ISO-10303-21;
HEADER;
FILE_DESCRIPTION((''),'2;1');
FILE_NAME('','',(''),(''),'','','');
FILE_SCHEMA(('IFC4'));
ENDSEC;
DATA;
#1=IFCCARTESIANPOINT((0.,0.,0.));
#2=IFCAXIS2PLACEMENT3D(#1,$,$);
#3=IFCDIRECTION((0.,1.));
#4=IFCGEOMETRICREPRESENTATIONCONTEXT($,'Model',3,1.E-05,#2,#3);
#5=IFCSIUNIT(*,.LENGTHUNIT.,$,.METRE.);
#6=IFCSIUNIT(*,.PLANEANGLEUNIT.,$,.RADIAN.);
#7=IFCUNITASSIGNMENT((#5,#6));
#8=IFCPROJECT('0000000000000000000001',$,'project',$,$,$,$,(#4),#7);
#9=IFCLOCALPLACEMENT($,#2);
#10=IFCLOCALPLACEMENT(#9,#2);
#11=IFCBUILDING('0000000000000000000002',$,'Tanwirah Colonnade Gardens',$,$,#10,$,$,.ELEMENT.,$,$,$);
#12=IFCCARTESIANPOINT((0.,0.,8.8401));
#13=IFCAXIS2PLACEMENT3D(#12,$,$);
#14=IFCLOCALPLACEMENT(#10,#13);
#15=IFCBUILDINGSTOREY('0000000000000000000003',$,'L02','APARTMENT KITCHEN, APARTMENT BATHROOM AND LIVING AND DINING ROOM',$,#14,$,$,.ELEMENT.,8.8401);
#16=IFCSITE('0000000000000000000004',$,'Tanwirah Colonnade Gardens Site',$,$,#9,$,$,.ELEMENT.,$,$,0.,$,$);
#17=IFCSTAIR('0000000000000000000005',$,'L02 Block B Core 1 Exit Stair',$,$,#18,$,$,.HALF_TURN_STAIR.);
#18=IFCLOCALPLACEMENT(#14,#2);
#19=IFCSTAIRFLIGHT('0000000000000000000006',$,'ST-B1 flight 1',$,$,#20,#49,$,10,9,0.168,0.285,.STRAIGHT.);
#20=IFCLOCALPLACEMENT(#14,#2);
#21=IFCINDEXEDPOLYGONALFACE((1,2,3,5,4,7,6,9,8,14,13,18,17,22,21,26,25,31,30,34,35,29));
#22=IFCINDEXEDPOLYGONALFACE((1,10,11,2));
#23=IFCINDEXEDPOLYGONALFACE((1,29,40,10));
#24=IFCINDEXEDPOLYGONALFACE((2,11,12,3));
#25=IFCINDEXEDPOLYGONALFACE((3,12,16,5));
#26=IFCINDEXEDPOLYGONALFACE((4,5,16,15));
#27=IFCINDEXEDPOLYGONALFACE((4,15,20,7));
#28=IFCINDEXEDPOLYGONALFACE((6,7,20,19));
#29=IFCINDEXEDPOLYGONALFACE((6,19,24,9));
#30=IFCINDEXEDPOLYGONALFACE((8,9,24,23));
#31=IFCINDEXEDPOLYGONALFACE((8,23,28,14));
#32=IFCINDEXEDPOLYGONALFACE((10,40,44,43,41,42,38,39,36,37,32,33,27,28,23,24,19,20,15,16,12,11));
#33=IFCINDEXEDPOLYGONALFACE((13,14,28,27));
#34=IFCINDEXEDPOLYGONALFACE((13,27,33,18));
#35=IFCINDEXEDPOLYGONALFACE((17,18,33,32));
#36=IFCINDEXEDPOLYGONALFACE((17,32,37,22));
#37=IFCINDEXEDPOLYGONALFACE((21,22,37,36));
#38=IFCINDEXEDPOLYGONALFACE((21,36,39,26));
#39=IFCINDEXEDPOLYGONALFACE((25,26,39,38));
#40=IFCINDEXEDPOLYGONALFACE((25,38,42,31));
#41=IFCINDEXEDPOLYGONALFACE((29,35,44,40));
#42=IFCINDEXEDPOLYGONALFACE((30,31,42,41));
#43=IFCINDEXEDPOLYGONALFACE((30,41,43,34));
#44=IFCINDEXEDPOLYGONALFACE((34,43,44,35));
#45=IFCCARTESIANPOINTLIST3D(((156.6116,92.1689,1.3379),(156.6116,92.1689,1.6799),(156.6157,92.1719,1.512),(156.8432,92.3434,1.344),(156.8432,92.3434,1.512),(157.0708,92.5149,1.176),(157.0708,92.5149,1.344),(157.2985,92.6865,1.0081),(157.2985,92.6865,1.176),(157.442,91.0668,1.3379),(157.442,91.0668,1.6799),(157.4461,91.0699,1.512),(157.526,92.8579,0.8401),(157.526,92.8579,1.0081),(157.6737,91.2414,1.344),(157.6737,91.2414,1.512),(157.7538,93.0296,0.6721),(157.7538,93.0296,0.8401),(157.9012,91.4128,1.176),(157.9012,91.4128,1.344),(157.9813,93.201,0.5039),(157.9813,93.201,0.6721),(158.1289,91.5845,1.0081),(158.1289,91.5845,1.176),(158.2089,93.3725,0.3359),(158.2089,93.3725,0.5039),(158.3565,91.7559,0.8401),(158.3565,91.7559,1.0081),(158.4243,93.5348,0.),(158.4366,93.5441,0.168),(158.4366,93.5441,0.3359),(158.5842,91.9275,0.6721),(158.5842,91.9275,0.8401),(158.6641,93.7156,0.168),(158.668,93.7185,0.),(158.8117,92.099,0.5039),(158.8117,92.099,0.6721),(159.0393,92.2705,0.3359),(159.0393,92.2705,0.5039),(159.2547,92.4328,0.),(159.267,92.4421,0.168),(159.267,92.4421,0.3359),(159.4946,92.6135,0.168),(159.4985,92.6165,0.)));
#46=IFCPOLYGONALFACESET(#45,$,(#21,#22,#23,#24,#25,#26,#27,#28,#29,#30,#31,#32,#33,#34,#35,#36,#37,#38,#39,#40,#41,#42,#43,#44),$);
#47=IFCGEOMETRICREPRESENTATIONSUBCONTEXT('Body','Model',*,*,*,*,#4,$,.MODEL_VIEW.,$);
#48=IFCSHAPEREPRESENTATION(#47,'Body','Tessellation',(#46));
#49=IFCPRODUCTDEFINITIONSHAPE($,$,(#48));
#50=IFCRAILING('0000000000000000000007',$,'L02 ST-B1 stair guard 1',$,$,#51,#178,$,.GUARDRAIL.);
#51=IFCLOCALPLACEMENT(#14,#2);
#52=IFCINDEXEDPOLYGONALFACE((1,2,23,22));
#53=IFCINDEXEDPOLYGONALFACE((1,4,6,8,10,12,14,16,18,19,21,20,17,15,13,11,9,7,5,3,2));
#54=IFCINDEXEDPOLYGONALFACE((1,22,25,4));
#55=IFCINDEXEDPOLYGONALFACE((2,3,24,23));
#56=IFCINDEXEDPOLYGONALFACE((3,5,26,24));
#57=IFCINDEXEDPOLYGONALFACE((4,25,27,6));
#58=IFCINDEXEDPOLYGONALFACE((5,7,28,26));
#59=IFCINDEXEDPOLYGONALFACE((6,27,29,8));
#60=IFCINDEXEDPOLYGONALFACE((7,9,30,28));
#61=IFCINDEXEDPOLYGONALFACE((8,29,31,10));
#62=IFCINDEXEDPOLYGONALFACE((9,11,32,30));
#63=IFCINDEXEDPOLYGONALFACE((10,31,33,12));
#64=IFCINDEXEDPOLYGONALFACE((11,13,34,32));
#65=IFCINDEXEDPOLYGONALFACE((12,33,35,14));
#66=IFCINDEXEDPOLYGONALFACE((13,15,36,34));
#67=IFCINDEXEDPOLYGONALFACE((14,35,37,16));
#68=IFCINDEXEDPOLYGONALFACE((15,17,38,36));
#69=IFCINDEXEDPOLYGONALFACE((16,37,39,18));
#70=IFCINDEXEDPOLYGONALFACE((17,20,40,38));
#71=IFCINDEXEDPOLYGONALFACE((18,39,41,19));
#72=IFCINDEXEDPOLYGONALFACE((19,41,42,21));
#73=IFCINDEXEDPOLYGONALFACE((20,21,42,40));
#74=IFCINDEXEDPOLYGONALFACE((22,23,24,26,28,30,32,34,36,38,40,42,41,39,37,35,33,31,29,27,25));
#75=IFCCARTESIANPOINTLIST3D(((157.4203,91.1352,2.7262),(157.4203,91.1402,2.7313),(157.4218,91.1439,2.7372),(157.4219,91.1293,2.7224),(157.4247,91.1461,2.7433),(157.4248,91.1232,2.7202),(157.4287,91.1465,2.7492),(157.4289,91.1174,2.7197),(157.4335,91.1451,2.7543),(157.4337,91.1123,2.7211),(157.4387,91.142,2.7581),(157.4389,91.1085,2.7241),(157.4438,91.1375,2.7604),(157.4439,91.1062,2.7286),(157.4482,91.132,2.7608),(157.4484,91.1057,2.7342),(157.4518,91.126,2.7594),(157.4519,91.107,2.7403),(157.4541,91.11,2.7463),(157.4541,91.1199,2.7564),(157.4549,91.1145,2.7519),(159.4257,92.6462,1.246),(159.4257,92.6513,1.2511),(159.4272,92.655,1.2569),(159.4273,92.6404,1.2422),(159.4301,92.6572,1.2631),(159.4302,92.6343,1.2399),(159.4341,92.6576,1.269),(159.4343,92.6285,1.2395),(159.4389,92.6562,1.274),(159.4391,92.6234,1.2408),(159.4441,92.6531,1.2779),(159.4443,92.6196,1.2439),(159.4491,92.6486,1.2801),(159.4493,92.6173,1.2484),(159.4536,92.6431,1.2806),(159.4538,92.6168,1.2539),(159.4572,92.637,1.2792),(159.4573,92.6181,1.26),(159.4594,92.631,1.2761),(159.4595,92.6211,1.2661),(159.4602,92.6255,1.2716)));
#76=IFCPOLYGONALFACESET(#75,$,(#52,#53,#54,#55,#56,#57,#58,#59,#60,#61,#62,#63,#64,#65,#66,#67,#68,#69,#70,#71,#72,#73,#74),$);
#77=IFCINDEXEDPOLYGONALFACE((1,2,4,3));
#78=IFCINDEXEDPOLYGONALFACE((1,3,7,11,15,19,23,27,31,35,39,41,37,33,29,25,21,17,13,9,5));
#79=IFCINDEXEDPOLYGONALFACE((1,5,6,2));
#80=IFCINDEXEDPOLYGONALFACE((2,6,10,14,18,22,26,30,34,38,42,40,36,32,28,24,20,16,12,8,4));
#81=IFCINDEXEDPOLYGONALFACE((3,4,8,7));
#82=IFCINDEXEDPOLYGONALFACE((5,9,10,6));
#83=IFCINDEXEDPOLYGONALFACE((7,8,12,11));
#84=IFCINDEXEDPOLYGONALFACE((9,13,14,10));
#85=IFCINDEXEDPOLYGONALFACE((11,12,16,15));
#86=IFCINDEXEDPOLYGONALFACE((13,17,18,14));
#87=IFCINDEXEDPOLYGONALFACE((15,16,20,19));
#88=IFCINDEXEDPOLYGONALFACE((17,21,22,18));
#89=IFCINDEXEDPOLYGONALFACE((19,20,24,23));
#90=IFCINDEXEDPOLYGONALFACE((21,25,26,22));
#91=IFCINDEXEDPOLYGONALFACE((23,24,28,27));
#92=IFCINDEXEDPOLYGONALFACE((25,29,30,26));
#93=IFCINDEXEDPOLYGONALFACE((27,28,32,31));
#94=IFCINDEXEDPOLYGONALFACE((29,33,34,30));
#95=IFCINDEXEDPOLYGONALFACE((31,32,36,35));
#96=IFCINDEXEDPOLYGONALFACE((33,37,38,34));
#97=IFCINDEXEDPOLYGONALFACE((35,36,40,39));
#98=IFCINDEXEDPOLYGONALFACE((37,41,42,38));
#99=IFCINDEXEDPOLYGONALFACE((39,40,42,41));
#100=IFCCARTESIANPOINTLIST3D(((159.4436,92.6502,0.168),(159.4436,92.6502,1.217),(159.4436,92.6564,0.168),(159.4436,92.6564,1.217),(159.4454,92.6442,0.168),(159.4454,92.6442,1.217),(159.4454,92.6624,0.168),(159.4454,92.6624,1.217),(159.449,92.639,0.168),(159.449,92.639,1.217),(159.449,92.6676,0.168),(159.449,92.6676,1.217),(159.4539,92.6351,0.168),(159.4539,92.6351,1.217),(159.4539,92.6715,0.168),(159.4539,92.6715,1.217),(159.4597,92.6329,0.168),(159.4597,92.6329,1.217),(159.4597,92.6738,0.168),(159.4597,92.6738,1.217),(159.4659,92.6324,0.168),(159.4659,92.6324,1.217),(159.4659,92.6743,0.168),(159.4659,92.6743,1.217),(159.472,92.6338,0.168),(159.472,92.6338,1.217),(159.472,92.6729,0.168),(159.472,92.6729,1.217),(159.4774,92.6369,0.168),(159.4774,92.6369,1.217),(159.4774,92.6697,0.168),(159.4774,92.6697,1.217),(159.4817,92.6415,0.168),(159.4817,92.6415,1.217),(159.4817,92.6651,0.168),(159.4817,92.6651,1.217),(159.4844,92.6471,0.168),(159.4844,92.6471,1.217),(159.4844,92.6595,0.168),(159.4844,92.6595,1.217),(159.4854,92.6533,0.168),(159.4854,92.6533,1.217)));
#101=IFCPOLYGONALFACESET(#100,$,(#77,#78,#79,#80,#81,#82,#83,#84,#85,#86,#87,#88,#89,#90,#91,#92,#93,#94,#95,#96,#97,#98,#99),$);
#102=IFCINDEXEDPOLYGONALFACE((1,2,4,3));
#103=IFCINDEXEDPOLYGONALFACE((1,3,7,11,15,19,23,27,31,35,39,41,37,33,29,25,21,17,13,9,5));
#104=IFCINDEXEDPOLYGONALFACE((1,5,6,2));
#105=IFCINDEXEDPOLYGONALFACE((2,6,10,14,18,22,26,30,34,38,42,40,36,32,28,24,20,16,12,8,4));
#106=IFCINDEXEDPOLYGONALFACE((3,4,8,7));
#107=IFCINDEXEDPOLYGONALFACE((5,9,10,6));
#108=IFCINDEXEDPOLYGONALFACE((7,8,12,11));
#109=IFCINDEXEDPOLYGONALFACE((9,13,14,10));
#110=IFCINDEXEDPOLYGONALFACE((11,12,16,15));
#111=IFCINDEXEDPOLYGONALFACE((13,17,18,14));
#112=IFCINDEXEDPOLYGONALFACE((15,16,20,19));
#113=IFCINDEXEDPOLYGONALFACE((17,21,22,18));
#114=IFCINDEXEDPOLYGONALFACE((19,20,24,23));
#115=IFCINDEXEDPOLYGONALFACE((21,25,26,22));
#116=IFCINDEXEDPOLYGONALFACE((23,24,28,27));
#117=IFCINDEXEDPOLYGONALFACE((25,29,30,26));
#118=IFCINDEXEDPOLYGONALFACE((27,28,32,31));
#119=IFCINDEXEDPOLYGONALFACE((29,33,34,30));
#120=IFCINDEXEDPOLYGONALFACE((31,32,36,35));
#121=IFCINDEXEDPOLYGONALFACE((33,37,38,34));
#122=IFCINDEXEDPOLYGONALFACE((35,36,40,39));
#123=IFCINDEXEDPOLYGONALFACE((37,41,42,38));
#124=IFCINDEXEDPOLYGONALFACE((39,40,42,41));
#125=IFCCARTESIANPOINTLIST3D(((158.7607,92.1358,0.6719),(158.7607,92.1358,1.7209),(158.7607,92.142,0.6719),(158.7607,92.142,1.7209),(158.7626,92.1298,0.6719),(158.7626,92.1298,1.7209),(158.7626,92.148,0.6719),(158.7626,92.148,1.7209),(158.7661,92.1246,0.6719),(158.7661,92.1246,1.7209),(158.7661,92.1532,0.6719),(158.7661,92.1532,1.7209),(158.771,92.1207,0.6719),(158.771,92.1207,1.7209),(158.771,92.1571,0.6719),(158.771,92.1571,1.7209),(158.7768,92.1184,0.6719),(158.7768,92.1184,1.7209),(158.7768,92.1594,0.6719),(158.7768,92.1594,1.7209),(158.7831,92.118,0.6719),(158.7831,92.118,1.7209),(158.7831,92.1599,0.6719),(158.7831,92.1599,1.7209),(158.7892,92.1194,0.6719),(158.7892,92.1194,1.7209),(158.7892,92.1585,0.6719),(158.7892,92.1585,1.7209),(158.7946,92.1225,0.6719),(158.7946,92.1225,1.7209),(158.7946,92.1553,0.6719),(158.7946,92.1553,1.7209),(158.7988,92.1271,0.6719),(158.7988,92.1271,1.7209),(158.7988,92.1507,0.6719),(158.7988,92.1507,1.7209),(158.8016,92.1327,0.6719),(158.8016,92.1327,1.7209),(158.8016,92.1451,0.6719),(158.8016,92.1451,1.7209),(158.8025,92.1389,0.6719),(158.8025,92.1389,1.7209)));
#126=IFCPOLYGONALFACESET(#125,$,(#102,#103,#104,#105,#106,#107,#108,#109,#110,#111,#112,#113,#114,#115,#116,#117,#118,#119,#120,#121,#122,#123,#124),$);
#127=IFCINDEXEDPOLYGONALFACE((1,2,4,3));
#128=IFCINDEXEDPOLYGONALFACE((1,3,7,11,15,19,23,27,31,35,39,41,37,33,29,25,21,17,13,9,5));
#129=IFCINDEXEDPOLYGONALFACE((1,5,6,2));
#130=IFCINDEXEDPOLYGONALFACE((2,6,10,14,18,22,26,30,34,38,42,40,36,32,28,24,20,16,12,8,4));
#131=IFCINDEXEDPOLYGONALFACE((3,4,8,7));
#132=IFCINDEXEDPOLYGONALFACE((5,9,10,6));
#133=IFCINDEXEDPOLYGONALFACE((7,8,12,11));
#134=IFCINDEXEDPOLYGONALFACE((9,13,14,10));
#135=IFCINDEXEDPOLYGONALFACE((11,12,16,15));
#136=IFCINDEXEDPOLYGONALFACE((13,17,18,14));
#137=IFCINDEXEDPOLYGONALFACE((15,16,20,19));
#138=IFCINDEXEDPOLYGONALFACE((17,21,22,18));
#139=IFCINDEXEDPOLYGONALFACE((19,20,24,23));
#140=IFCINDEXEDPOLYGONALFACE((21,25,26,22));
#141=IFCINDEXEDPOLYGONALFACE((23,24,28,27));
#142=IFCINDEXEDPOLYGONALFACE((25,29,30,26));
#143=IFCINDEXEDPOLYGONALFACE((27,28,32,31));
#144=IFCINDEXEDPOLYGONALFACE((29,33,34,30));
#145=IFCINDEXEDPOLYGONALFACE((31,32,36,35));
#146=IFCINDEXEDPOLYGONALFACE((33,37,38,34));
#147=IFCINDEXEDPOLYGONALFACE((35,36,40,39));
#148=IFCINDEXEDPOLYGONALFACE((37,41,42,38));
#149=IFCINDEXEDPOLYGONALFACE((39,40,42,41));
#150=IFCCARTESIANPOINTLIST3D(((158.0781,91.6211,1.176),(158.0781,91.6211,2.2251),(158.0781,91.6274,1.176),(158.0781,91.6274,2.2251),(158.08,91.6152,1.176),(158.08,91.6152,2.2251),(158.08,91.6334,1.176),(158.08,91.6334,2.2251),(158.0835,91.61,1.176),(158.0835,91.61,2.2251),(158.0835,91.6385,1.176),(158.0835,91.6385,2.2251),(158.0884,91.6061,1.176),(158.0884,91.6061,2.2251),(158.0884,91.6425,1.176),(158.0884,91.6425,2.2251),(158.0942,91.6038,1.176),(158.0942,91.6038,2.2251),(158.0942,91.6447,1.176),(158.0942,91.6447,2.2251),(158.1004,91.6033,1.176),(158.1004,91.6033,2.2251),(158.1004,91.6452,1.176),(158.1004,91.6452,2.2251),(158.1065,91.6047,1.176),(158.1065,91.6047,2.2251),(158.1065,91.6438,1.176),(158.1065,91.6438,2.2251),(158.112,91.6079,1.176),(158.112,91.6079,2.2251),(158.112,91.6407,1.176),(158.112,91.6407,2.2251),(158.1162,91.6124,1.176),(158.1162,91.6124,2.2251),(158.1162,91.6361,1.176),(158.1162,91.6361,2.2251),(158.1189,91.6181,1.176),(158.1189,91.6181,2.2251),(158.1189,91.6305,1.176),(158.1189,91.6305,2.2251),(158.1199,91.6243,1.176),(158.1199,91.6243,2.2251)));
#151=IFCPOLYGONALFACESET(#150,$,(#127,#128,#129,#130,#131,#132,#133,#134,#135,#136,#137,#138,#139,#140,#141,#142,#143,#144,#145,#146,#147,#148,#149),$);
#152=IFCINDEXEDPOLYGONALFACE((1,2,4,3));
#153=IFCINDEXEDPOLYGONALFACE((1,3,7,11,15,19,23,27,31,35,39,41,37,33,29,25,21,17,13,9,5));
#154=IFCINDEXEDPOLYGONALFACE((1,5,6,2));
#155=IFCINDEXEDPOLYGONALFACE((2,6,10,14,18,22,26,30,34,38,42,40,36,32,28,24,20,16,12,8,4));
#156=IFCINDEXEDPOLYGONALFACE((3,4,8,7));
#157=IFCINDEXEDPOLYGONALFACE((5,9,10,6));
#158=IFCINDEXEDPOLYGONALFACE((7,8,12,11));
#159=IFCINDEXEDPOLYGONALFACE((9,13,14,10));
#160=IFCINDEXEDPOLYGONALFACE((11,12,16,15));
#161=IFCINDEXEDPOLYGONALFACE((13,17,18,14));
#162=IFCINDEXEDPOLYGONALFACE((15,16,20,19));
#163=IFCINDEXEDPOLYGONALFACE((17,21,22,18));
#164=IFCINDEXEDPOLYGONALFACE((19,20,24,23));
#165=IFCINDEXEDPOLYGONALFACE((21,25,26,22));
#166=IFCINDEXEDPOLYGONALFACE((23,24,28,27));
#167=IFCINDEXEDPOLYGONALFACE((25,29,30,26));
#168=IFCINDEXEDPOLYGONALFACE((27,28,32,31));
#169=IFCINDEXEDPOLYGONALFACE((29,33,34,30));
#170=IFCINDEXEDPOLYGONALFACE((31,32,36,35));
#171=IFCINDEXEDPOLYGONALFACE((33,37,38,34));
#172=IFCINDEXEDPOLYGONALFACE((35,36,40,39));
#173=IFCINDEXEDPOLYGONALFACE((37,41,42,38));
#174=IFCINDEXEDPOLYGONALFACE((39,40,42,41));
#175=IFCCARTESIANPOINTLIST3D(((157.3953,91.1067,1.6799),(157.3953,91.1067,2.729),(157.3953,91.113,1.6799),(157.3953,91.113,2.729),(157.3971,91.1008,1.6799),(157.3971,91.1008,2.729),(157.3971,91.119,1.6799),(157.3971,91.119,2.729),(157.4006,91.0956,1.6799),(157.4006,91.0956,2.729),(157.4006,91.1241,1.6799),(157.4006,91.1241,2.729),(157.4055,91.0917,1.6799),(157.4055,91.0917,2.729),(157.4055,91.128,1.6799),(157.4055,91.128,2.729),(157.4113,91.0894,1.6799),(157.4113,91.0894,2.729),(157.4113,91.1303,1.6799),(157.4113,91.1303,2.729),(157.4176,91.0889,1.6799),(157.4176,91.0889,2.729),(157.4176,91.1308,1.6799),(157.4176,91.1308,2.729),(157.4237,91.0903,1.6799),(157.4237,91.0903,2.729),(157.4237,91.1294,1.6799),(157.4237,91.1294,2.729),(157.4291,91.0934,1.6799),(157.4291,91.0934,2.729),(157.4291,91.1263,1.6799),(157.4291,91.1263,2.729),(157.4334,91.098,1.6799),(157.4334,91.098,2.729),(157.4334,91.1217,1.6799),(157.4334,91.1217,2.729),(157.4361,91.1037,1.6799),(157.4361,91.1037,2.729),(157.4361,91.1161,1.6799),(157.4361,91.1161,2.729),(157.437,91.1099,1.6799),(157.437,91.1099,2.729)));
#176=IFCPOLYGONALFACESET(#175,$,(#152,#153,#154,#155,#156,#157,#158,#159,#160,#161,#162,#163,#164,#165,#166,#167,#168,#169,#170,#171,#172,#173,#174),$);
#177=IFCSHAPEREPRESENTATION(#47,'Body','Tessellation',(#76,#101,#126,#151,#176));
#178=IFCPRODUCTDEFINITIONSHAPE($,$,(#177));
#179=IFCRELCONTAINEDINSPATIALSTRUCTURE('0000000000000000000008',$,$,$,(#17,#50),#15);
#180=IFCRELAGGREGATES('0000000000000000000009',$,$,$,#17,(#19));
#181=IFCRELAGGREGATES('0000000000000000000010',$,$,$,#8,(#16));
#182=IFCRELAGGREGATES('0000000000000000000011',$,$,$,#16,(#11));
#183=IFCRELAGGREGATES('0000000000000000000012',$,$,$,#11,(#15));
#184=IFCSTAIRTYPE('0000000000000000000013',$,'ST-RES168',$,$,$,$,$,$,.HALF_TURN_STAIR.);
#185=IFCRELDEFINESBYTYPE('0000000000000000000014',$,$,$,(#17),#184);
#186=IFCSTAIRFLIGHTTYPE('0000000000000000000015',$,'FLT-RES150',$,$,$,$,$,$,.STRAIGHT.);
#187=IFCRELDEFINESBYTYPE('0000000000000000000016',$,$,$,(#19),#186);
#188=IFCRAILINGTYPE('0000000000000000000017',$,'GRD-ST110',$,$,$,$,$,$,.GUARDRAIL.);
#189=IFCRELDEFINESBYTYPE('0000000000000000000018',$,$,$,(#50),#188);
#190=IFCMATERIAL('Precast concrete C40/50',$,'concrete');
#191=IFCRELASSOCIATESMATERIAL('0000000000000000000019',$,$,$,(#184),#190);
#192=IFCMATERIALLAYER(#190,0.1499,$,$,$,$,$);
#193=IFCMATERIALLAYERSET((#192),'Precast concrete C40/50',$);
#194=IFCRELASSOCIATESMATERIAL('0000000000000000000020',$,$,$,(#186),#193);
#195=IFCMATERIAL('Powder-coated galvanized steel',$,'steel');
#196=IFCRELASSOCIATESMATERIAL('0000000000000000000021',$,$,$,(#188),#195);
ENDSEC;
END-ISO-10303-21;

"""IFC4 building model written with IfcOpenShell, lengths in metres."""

from ifc_helpers import new_model, si_unit, direction, frame, origin, origin_2d, place, context, subcontext, project, spatial, polyline, circle, outline, extrude, material, layer, layer_set, type_object, element, aggregate, save


model = new_model("IFC4")

# Units and contexts
model_context = context("Model", 3, precision=1e-05, world=origin(), true_north=direction((0.0, 1.0)))
body_context = subcontext(model_context, "Body", "Model", "MODEL_VIEW")
ifc_project = project(units=[si_unit("LENGTHUNIT", "METRE"), si_unit("PLANEANGLEUNIT", "RADIAN")], contexts=[model_context])

# Site, building, storey
site_placement = place(None, origin())
site = spatial("IfcSite", under=ifc_project, at=site_placement, Name="Tanwirah Colonnade Gardens Site", CompositionType="ELEMENT", RefElevation=0.0)
building_placement = place(site_placement, origin())
building = spatial("IfcBuilding", under=site, at=building_placement, Name="Tanwirah Colonnade Gardens", CompositionType="ELEMENT")
storey_placement = place(building_placement, frame((0.0, 0.0, 8.8401)))
storey = spatial("IfcBuildingStorey", under=building, at=storey_placement, Name="L02", Description="APARTMENT KITCHEN, APARTMENT BATHROOM AND LIVING AND DINING ROOM", CompositionType="ELEMENT", Elevation=8.8401)

# Shared definitions
ifc_material_1 = material(Name="Precast concrete C40/50", Category="concrete")

# Stair, stair flight
stair_type = type_object("IfcStairType", Name="ST-RES168", PredefinedType="HALF_TURN_STAIR", material=ifc_material_1)
stair_placement = place(storey_placement, origin())
stair = element("IfcStair", 1, at=stair_placement, inside=storey, type_object=stair_type, Name="L02 Block B Core 1 Exit Stair", PredefinedType="HALF_TURN_STAIR")
ifc_layer_1 = layer(ifc_material_1, 0.1499)
ifc_layer_set_1 = layer_set([ifc_layer_1], Name="Precast concrete C40/50")
stair_flight_type = type_object("IfcStairFlightType", Name="FLT-RES150", PredefinedType="STRAIGHT", material=ifc_layer_set_1)
stair_flight_placement = place(storey_placement, frame((159.0793, 93.1646, 0.0), z_axis=(0.0, 0.0, 1.0), x_axis=(-0.798636, -0.601815, 0.0)))
stair_flight = element("IfcStairFlight", 2, at=stair_flight_placement, type_object=stair_flight_type, Name="ST-B1 flight 1", NumberOfRisers=10, NumberOfTreads=9, PredefinedType="STRAIGHT", RiserHeight=0.168, TreadLength=0.285, context=body_context, shape_type="SweptSolid", body=[
    extrude(outline(polyline([(-0.0049, 0.0), (0.0, 0.168), (0.2849, 0.168), (0.2849, 0.3359), (0.5701, 0.3359), (0.5701, 0.5039), (0.855, 0.5039), (0.855, 0.6721), (1.1399, 0.6721), (1.1399, 0.8401), (1.425, 0.8401), (1.425, 1.0081), (1.71, 1.0081), (1.71, 1.176), (1.9951, 1.176), (1.9951, 1.344), (2.28, 1.344), (2.28, 1.512), (2.5649, 1.512), (2.5701, 1.6799), (2.5701, 1.3379), (0.3003, 0.0), (-0.0049, 0.0)])), frame((0.0, 0.6899, 0.0), z_axis=(0.0, -1.0, 0.0), x_axis=(1.0, 0.0, 0.0)), (0.0, 0.0, 1.0), 1.3799),
])
aggregate(stair, [stair_flight])

# Railing
ifc_material_2 = material(Name="Powder-coated galvanized steel", Category="steel")
railing_type_1 = type_object("IfcRailingType", Name="GRD-ST110", PredefinedType="GUARDRAIL", material=ifc_material_2)
railing_1_placement = place(storey_placement, frame((159.4644, 92.6533, 0.168)))
element("IfcRailing", 3, at=railing_1_placement, inside=storey, type_object=railing_type_1, Name="L02 ST-B1 stair guard 1", PredefinedType="GUARDRAIL", context=body_context, shape_type="SweptSolid", body=[
    extrude(circle(Radius=0.0239, at=origin_2d()), frame((-0.0215, -0.0161, 1.092), z_axis=(-0.687998, -0.518418, 0.50784), x_axis=(0.601796, -0.79865, 0.0)), (0.0, 0.0, 1.0), 2.9148),
    extrude(circle(Radius=0.021, at=origin_2d()), origin(), (0.0, 0.0, 1.0), 1.0491),
    extrude(circle(Radius=0.021, at=origin_2d()), frame((-0.6829, -0.5144, 0.5039)), (0.0, 0.0, 1.0), 1.0491),
    extrude(circle(Radius=0.021, at=origin_2d()), frame((-1.3655, -1.0291, 1.0081)), (0.0, 0.0, 1.0), 1.0491),
    extrude(circle(Radius=0.021, at=origin_2d()), frame((-2.0483, -1.5435, 1.512)), (0.0, 0.0, 1.0), 1.0491),
])

save(model, "model.ifc")
